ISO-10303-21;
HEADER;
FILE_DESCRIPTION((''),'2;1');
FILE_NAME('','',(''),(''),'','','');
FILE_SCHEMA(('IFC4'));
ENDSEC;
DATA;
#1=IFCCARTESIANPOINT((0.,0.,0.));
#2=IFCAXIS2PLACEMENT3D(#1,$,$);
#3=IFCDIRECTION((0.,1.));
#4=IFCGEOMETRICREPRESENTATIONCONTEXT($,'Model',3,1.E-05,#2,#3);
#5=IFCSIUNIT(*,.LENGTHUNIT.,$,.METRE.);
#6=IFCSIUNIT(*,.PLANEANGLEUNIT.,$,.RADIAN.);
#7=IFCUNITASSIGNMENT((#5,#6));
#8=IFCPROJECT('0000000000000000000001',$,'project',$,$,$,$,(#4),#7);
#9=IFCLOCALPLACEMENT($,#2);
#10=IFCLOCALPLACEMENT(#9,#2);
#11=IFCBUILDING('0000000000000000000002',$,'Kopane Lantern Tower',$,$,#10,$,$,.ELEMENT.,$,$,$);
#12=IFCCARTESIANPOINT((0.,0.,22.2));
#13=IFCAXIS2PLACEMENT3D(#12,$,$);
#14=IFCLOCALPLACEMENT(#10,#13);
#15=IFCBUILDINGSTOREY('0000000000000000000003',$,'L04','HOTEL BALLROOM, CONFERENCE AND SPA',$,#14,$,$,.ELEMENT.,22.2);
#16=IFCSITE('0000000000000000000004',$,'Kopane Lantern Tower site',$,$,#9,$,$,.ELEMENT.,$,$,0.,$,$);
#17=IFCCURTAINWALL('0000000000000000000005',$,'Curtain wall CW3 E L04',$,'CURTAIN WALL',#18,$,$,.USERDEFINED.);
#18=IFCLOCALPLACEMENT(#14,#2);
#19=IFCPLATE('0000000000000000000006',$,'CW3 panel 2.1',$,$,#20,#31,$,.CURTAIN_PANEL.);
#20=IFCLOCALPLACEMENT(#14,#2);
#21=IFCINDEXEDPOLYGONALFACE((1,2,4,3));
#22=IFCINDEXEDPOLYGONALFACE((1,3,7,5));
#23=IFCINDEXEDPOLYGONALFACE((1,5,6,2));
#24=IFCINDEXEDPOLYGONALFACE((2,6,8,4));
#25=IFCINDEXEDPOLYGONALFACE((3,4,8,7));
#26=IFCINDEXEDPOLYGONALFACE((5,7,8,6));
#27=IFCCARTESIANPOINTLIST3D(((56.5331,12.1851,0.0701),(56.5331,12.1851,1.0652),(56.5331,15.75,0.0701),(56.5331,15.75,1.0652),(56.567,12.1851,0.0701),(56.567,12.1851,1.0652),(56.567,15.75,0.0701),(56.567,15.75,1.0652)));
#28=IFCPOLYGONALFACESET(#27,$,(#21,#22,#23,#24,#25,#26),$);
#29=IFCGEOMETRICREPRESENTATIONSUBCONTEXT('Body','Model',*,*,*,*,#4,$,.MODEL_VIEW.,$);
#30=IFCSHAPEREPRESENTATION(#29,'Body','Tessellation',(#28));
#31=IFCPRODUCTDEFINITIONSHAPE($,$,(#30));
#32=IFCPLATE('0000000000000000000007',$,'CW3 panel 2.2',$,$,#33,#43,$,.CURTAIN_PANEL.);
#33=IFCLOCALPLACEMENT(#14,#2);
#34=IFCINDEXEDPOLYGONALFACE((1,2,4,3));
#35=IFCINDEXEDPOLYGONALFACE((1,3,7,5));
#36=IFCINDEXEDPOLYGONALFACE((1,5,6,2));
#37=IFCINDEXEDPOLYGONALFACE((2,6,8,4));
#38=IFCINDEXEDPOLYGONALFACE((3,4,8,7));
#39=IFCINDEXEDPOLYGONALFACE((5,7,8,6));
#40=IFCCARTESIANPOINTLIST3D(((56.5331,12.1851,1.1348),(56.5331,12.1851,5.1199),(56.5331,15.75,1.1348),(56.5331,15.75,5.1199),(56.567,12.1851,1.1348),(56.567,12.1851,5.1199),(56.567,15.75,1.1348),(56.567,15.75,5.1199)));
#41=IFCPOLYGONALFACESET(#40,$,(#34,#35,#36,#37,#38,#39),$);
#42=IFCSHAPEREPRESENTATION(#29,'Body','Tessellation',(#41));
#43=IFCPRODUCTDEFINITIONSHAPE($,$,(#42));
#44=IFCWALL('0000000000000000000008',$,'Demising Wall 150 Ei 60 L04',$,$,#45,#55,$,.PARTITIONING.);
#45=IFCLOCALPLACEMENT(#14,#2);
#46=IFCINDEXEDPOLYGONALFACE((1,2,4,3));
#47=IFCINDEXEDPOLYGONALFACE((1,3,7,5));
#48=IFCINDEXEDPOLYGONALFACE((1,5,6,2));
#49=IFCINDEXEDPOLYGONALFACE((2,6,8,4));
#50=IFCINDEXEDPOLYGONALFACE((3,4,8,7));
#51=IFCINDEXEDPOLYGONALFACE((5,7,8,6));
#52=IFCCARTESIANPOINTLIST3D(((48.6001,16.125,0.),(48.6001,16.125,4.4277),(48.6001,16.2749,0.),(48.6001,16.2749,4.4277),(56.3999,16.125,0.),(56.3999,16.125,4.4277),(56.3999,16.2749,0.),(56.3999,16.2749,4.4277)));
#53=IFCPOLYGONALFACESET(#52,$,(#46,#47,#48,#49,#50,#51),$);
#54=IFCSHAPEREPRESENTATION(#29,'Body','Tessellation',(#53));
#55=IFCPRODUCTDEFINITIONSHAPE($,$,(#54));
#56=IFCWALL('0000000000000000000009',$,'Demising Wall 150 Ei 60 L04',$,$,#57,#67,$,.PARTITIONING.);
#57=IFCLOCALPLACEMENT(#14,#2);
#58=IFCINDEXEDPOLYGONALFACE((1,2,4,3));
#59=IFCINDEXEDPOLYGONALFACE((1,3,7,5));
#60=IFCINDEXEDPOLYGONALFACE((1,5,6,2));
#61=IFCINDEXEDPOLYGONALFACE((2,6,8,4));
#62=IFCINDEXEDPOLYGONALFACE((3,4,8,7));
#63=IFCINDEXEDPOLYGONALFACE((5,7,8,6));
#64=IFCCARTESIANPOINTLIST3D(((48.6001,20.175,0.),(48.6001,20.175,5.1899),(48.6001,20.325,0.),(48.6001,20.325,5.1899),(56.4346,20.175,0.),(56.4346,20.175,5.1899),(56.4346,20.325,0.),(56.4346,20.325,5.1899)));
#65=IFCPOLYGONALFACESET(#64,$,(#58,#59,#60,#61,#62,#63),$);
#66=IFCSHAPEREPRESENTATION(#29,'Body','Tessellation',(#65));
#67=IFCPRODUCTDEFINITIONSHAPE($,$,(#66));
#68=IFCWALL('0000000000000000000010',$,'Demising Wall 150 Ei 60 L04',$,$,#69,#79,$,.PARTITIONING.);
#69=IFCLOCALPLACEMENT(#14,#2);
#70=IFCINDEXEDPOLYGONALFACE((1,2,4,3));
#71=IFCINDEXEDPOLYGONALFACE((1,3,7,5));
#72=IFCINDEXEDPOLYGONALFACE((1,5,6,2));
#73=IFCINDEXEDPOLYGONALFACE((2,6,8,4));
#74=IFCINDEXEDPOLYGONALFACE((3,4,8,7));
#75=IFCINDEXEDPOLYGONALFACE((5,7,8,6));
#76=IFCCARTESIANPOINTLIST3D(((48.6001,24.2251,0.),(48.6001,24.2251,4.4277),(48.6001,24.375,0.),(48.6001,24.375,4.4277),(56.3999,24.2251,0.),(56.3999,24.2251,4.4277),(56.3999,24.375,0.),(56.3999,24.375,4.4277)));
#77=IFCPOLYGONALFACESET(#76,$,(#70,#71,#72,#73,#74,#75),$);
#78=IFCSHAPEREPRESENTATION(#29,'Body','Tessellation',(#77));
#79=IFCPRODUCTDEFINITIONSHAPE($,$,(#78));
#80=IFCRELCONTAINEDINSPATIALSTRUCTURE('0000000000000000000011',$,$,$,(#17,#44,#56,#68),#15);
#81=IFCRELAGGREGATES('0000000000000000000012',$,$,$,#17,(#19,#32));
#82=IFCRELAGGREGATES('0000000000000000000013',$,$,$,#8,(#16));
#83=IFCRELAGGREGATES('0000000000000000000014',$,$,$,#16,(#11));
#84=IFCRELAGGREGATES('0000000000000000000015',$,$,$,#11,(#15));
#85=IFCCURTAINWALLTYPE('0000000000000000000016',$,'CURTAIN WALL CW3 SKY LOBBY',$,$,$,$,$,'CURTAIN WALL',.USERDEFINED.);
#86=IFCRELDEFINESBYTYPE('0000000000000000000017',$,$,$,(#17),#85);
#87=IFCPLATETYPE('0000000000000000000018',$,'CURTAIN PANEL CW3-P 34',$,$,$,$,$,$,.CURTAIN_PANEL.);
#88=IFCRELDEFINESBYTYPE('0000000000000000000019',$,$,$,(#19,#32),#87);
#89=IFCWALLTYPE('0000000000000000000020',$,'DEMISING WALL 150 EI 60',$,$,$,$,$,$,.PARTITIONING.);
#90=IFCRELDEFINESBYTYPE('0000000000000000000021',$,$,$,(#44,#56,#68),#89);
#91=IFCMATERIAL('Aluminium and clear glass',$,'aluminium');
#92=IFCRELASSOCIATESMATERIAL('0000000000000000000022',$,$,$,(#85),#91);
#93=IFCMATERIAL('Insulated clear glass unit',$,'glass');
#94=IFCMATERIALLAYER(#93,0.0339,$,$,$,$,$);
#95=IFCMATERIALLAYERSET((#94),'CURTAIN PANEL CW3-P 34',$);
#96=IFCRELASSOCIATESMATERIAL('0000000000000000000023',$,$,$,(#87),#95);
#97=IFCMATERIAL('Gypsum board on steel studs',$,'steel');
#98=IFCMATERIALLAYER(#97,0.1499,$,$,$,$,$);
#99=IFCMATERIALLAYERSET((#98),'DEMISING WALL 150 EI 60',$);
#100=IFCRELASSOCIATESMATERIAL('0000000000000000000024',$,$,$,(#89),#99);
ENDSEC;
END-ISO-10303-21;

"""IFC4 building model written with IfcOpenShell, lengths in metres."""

from ifc_helpers import new_model, si_unit, direction, frame, frame_2d, origin, origin_2d, place, context, subcontext, project, spatial, rectangle, extrude, material, layer, layer_set, type_object, element, aggregate, save


model = new_model("IFC4")

# Units and contexts
model_context = context("Model", 3, precision=1e-05, world=origin(), true_north=direction((0.0, 1.0)))
body_context = subcontext(model_context, "Body", "Model", "MODEL_VIEW")
ifc_project = project(units=[si_unit("LENGTHUNIT", "METRE"), si_unit("PLANEANGLEUNIT", "RADIAN")], contexts=[model_context])

# Site, building, storey
site_placement = place(None, origin())
site = spatial("IfcSite", under=ifc_project, at=site_placement, Name="Kopane Lantern Tower site", CompositionType="ELEMENT", RefElevation=0.0)
building_placement = place(site_placement, origin())
building = spatial("IfcBuilding", under=site, at=building_placement, Name="Kopane Lantern Tower", CompositionType="ELEMENT")
storey_placement = place(building_placement, frame((0.0, 0.0, 22.2)))
storey = spatial("IfcBuildingStorey", under=building, at=storey_placement, Name="L04", Description="HOTEL BALLROOM, CONFERENCE AND SPA", CompositionType="ELEMENT", Elevation=22.2)

# Curtain wall, plates
ifc_material_1 = material(Name="Aluminium and clear glass", Category="aluminium")
curtain_wall_type = type_object("IfcCurtainWallType", Name="CURTAIN WALL CW3 SKY LOBBY", ElementType="CURTAIN WALL", PredefinedType="USERDEFINED", material=ifc_material_1)
curtain_wall_placement = place(storey_placement, origin())
curtain_wall = element("IfcCurtainWall", 1, at=curtain_wall_placement, inside=storey, type_object=curtain_wall_type, Name="Curtain wall CW3 E L04", ObjectType="CURTAIN WALL", PredefinedType="USERDEFINED")
ifc_material_2 = material(Name="Insulated clear glass unit", Category="glass")
ifc_layer_1 = layer(ifc_material_2, 0.0339)
ifc_layer_set_1 = layer_set([ifc_layer_1], Name="CURTAIN PANEL CW3-P 34")
plate_type = type_object("IfcPlateType", Name="CURTAIN PANEL CW3-P 34", PredefinedType="CURTAIN_PANEL", material=ifc_layer_set_1)
plate_1_placement = place(storey_placement, frame((56.55, 13.9675, 0.0701), z_axis=(0.0, 0.0, 1.0), x_axis=(0.0, 1.0, 0.0)))
plate_1 = element("IfcPlate", 2, at=plate_1_placement, type_object=plate_type, Name="CW3 panel 2.1", PredefinedType="CURTAIN_PANEL", context=body_context, shape_type="SweptSolid", body=[
    extrude(rectangle(XDim=3.5649, YDim=0.0339, at=origin_2d()), origin(), (0.0, 0.0, 1.0), 0.9951),
])
plate_2_placement = place(storey_placement, frame((56.55, 13.9675, 1.1348), z_axis=(0.0, 0.0, 1.0), x_axis=(0.0, 1.0, 0.0)))
plate_2 = element("IfcPlate", 3, at=plate_2_placement, type_object=plate_type, Name="CW3 panel 2.2", PredefinedType="CURTAIN_PANEL", context=body_context, shape_type="SweptSolid", body=[
    extrude(rectangle(XDim=3.5649, YDim=0.0339, at=origin_2d()), origin(), (0.0, 0.0, 1.0), 3.9851),
])
aggregate(curtain_wall, [plate_1, plate_2])

# Walls
ifc_material_3 = material(Name="Gypsum board on steel studs", Category="steel")
ifc_layer_2 = layer(ifc_material_3, 0.1499)
ifc_layer_set_2 = layer_set([ifc_layer_2], Name="DEMISING WALL 150 EI 60")
wall_type = type_object("IfcWallType", Name="DEMISING WALL 150 EI 60", PredefinedType="PARTITIONING", material=ifc_layer_set_2)
wall_1_placement = place(storey_placement, frame((48.6001, 16.2, 0.0), z_axis=(0.0, 0.0, 1.0), x_axis=(1.0, 0.0, 0.0)))
element("IfcWall", 4, at=wall_1_placement, inside=storey, type_object=wall_type, Name="Demising Wall 150 Ei 60 L04", PredefinedType="PARTITIONING", context=body_context, shape_type="SweptSolid", body=[
    extrude(rectangle(XDim=7.7998, YDim=0.1499, at=frame_2d((3.8999, 0.0))), origin(), (0.0, 0.0, 1.0), 4.4277),
])
wall_2_placement = place(storey_placement, frame((48.6001, 20.25, 0.0), z_axis=(0.0, 0.0, 1.0), x_axis=(1.0, 0.0, 0.0)))
element("IfcWall", 5, at=wall_2_placement, inside=storey, type_object=wall_type, Name="Demising Wall 150 Ei 60 L04", PredefinedType="PARTITIONING", context=body_context, shape_type="SweptSolid", body=[
    extrude(rectangle(XDim=7.8345, YDim=0.1499, at=frame_2d((3.9172, 0.0))), origin(), (0.0, 0.0, 1.0), 5.1899),
])
wall_3_placement = place(storey_placement, frame((48.6001, 24.3, 0.0), z_axis=(0.0, 0.0, 1.0), x_axis=(1.0, 0.0, 0.0)))
element("IfcWall", 6, at=wall_3_placement, inside=storey, type_object=wall_type, Name="Demising Wall 150 Ei 60 L04", PredefinedType="PARTITIONING", context=body_context, shape_type="SweptSolid", body=[
    extrude(rectangle(XDim=7.7998, YDim=0.1499, at=frame_2d((3.8999, 0.0))), origin(), (0.0, 0.0, 1.0), 4.4277),
])

save(model, "model.ifc")
